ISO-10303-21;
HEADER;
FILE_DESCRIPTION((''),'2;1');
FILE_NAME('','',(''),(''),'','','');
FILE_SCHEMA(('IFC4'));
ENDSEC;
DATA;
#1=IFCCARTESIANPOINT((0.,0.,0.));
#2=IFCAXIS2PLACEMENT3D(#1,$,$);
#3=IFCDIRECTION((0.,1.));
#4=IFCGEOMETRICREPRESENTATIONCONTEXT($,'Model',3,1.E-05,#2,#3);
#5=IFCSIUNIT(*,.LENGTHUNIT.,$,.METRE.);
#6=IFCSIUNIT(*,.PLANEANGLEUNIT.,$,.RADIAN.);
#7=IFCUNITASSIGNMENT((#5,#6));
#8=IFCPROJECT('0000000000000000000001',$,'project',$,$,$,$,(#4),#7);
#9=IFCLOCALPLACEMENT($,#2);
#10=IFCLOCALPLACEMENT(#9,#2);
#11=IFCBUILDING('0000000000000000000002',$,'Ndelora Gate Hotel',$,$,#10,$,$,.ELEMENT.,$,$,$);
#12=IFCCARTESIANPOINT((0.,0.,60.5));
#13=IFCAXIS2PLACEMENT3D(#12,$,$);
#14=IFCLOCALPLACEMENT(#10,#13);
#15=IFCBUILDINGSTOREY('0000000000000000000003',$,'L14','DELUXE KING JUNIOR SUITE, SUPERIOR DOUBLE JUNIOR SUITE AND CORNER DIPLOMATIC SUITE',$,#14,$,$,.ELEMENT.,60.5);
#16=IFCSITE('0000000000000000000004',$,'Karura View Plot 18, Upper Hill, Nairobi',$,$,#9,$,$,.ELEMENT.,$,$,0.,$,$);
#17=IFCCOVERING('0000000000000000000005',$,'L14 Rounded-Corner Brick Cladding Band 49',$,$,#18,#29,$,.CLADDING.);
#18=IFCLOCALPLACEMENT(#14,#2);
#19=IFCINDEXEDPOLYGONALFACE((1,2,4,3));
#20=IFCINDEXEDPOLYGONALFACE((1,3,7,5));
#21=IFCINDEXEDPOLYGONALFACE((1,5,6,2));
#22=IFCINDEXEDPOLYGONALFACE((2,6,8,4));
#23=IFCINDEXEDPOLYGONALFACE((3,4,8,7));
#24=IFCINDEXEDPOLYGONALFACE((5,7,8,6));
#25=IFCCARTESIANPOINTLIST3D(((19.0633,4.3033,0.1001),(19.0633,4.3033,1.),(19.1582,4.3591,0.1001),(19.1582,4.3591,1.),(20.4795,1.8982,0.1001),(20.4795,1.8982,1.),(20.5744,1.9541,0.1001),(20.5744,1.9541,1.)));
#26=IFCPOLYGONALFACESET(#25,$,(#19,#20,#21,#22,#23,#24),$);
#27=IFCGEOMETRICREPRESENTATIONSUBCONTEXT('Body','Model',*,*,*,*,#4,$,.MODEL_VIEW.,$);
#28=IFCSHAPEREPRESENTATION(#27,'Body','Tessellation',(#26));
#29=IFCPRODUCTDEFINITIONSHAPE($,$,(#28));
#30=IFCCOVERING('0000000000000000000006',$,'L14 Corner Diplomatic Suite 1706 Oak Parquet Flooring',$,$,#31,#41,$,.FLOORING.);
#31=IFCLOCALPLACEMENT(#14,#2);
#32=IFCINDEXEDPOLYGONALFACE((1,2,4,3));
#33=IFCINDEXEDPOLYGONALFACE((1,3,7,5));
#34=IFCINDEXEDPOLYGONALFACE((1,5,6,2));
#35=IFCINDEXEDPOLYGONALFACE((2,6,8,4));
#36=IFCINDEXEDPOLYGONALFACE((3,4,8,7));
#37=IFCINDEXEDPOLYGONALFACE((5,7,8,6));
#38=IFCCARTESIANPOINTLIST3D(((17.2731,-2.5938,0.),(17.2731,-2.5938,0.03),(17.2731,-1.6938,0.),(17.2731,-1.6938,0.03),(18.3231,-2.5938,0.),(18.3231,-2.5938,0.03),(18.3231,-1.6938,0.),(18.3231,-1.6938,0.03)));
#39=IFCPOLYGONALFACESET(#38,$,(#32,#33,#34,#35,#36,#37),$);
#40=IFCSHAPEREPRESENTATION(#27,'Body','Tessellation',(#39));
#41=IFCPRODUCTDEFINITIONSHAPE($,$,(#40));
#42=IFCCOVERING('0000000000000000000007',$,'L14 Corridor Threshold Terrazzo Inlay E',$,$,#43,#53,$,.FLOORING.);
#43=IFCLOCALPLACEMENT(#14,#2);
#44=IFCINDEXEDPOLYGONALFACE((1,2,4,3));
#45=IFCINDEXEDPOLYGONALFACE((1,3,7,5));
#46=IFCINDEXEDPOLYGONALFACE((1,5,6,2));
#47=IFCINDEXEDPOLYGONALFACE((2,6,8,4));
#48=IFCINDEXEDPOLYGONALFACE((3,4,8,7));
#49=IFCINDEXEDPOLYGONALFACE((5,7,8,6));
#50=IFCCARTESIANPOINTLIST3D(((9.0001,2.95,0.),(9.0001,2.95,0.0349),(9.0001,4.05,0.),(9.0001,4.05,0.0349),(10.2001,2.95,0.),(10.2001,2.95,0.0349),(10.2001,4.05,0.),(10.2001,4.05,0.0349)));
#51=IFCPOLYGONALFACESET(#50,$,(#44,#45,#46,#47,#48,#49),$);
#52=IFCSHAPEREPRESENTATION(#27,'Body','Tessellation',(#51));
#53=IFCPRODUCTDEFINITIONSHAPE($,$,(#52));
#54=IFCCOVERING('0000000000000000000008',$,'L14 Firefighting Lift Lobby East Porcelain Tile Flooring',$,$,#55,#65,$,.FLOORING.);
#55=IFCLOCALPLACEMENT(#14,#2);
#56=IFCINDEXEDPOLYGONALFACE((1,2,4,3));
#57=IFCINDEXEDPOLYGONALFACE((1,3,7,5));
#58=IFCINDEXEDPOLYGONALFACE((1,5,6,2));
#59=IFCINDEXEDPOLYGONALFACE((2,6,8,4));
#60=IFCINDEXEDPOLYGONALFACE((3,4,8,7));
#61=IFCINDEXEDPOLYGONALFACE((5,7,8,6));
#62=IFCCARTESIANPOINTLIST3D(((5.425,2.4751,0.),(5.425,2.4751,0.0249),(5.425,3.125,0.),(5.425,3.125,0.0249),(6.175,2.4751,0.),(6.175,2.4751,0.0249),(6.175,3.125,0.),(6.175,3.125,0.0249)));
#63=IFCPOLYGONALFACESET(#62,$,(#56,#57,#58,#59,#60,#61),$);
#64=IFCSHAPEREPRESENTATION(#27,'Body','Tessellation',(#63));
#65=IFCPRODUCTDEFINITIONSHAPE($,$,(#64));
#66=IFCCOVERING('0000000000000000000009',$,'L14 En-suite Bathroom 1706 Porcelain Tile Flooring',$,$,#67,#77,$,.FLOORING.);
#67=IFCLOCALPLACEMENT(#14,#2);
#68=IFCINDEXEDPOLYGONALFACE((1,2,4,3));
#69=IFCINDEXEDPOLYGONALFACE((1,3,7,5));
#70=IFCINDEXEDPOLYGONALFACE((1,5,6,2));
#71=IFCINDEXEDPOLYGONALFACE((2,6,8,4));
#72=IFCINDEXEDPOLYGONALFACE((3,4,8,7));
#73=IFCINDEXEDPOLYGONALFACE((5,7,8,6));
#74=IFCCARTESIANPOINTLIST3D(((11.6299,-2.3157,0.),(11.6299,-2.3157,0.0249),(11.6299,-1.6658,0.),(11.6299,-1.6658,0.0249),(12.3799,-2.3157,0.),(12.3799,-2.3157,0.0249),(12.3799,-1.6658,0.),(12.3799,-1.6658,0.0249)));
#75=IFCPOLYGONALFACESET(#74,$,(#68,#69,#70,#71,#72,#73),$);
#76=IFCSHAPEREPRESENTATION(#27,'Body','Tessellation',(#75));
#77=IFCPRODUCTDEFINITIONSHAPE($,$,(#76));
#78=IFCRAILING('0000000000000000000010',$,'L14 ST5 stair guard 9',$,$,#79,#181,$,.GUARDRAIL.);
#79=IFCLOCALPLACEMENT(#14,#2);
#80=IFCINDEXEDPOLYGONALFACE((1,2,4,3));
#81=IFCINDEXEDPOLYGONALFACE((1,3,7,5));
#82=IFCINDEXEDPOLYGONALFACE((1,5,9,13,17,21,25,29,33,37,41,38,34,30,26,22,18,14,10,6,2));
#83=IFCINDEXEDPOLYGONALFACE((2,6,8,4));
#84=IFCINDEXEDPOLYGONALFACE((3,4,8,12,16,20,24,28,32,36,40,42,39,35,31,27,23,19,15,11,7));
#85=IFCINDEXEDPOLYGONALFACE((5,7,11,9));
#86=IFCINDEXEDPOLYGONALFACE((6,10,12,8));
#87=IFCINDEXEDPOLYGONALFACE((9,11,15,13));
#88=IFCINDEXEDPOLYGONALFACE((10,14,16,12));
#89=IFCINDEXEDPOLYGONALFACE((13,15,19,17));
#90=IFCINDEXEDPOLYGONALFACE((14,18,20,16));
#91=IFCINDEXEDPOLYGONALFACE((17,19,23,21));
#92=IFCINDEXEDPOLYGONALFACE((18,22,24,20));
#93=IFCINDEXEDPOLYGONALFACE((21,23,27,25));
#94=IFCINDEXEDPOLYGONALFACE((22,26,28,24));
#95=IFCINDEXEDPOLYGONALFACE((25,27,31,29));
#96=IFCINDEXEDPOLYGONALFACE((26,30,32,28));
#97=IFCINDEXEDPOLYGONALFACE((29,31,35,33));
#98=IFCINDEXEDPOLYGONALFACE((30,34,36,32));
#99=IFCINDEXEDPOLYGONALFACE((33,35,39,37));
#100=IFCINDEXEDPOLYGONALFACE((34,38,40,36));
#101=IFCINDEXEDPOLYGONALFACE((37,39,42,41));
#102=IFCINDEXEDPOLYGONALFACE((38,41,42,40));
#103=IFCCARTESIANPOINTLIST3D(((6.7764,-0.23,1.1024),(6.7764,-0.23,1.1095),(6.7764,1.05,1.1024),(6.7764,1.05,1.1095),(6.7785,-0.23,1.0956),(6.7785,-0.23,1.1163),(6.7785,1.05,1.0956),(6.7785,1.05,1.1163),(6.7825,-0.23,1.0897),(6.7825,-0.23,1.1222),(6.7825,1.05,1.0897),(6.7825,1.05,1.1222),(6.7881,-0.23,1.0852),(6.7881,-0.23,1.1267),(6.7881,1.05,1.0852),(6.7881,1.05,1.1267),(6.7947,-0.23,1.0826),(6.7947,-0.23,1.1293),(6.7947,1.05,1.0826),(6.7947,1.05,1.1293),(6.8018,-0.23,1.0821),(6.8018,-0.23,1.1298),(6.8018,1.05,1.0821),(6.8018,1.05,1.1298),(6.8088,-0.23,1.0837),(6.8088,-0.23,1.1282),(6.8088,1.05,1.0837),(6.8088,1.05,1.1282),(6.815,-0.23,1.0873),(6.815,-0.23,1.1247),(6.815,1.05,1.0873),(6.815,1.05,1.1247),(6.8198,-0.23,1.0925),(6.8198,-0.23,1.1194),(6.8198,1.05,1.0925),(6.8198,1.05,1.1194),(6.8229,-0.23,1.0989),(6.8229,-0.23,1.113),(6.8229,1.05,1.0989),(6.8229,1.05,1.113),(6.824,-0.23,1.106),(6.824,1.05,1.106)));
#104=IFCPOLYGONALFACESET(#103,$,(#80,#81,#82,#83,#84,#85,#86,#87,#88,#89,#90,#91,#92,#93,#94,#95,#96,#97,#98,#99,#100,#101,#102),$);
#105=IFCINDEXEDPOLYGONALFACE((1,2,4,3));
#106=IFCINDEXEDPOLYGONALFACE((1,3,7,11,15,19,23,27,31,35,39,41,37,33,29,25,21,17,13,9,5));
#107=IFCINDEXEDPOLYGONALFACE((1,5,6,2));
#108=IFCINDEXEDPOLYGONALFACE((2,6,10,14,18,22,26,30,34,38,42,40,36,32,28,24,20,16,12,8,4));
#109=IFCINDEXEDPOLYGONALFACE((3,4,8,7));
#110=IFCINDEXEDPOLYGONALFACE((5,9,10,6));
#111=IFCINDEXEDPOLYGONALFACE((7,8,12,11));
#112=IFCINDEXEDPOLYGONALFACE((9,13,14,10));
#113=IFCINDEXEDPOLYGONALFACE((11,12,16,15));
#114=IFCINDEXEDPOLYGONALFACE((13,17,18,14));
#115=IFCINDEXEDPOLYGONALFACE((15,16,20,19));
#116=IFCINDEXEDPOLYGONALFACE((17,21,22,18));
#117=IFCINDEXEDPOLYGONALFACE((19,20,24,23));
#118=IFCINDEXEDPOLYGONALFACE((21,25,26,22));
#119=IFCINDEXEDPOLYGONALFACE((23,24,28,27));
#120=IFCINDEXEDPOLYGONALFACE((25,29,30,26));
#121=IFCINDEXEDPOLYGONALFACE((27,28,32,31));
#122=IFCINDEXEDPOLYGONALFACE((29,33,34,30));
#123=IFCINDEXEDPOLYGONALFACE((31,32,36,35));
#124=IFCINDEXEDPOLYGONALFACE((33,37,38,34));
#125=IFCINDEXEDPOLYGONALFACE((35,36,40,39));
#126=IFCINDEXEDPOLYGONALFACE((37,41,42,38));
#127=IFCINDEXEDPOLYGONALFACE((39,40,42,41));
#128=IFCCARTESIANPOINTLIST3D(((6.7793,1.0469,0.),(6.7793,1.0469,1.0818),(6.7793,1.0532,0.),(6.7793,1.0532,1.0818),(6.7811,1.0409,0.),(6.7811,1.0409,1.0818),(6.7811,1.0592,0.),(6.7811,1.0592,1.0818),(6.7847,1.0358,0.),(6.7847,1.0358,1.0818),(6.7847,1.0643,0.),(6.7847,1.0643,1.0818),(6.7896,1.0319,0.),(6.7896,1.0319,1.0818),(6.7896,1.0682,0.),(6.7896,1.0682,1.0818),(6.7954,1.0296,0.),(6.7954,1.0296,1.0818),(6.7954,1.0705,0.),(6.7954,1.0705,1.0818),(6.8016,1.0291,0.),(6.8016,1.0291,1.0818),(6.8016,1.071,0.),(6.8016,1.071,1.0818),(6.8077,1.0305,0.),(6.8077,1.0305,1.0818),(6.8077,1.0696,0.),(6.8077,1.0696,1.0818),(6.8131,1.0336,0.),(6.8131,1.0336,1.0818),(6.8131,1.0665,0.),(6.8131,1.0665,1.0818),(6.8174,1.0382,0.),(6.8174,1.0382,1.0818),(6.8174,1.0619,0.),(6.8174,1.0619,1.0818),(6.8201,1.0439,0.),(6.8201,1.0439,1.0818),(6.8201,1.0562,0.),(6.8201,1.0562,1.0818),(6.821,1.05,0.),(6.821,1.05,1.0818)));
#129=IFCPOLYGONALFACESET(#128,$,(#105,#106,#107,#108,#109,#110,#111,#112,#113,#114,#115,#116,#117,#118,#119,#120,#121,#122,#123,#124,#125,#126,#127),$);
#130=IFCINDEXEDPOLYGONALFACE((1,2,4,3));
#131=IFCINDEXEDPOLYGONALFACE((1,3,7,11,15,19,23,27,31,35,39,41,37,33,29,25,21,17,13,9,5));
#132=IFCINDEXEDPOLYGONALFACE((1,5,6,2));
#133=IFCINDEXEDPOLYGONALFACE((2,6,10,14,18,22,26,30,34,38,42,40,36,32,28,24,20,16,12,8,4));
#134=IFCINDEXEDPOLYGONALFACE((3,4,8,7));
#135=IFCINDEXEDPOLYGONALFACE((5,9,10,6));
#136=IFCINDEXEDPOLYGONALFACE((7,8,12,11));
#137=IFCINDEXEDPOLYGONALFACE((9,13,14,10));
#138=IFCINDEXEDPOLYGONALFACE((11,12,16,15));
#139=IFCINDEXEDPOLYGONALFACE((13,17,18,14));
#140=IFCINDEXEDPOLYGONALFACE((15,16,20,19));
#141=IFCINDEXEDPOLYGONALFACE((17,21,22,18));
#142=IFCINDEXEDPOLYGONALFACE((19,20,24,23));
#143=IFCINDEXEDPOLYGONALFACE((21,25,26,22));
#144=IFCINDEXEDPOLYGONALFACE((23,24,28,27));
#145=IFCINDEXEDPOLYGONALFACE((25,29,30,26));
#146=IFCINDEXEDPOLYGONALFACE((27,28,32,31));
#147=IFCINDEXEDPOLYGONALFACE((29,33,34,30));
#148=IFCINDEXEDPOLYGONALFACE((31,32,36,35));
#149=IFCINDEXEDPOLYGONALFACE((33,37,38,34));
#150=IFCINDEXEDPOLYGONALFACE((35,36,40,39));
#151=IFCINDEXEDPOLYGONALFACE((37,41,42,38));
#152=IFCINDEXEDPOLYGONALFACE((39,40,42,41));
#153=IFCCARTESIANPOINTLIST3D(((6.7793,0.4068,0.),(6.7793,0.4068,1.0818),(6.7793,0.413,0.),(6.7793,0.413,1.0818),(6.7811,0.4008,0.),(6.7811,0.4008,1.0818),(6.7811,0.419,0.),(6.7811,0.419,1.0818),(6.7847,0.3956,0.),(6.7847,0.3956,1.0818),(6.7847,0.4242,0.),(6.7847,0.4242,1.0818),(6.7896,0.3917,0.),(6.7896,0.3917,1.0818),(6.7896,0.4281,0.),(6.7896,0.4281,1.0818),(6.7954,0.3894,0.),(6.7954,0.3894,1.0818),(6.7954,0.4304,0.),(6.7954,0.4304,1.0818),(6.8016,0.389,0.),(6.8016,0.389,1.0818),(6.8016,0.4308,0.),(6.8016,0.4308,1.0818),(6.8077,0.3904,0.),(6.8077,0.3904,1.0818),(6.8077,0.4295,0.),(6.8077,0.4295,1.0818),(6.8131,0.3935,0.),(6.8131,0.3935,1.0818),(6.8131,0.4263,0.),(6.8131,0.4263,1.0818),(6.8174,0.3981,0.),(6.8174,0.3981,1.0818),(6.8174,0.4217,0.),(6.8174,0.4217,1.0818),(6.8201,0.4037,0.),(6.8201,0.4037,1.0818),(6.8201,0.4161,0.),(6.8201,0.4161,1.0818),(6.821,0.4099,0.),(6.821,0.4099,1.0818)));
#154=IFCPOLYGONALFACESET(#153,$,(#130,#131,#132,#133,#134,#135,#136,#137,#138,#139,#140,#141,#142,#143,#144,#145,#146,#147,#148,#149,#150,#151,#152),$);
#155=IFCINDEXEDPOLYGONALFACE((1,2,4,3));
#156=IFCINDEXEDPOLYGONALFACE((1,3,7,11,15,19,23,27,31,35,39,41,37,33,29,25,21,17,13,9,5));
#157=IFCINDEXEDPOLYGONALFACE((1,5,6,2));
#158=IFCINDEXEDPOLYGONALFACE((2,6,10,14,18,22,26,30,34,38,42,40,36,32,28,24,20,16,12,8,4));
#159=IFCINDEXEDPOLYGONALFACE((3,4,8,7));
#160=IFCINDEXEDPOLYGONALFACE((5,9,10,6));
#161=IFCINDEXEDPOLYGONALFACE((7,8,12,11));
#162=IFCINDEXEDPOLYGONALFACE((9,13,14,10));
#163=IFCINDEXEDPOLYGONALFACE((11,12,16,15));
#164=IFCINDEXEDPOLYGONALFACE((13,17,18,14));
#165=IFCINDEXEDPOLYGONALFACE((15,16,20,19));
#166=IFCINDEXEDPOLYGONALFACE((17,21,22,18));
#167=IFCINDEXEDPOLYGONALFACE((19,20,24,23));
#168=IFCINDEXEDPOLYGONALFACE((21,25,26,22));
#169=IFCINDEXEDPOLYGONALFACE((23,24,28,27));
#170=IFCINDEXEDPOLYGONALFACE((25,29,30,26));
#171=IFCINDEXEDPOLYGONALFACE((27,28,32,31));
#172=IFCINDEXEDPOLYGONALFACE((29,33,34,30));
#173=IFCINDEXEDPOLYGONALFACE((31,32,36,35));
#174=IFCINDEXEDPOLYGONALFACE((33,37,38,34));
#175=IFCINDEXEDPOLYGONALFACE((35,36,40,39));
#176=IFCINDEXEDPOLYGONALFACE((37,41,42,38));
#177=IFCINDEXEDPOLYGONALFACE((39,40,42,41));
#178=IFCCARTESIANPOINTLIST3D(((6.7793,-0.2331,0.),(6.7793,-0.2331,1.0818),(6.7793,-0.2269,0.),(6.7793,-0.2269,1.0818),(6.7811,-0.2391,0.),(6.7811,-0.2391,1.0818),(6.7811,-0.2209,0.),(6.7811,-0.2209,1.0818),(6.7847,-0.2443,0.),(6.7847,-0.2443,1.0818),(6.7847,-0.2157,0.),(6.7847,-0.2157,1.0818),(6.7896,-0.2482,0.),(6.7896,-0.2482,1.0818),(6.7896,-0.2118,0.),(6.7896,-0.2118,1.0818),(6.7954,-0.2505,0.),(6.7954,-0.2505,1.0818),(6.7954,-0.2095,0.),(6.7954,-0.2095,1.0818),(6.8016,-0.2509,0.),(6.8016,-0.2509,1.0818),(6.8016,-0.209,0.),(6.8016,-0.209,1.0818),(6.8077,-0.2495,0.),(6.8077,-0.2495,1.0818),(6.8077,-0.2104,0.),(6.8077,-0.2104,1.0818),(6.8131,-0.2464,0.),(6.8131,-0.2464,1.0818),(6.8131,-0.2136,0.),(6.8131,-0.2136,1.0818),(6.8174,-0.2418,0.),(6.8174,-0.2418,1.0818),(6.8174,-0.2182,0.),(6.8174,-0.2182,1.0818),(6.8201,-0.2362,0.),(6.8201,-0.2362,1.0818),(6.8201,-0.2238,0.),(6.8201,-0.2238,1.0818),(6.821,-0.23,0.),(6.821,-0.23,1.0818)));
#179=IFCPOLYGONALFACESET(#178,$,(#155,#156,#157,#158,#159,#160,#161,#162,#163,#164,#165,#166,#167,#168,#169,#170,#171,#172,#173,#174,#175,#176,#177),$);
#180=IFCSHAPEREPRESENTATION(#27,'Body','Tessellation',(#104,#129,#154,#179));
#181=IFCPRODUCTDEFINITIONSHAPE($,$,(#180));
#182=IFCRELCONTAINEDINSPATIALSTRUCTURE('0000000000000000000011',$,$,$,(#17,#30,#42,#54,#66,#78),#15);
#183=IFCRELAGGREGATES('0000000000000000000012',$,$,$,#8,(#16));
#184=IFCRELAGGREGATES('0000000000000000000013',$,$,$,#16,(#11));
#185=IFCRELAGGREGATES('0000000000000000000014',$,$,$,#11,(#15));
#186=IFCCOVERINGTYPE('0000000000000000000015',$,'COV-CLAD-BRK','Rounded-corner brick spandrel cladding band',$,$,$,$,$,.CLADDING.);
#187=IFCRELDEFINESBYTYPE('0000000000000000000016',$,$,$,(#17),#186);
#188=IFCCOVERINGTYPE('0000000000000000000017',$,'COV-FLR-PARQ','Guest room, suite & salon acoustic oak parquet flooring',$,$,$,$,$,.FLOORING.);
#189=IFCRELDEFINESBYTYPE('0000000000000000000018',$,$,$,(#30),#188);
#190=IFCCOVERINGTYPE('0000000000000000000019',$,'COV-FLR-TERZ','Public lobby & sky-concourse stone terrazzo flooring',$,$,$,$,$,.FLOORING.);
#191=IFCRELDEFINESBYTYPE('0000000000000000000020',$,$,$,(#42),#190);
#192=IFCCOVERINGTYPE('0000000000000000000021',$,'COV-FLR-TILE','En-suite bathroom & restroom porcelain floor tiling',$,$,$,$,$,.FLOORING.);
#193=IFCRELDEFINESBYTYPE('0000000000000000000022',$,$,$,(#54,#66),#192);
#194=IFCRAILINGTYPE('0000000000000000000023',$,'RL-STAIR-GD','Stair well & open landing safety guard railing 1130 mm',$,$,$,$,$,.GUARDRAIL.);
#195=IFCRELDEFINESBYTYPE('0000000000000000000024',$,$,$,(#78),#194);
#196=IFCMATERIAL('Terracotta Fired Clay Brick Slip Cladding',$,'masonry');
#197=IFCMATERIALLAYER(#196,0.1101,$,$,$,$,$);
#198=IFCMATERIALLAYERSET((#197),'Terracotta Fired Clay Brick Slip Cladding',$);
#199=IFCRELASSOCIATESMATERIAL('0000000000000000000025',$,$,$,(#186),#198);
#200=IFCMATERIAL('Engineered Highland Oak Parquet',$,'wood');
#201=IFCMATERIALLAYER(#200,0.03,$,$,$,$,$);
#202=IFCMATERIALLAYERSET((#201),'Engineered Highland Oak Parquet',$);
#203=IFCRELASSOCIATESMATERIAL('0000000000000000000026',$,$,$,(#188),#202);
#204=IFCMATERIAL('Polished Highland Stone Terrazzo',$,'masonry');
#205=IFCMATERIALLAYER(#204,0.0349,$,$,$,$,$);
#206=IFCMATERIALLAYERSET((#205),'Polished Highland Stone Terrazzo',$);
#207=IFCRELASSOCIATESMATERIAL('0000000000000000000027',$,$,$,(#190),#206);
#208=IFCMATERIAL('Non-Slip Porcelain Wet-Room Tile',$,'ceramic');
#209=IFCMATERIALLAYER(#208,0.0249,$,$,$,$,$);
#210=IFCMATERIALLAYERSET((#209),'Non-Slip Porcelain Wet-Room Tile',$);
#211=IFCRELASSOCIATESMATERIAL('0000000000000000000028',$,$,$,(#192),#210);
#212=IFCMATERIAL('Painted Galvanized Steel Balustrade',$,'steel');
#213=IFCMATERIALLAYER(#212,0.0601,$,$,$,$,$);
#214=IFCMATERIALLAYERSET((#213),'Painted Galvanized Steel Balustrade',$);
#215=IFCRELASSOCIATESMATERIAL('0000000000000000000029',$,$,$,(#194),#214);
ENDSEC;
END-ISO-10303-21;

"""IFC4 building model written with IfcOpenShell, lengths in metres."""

from ifc_helpers import new_model, si_unit, direction, frame, origin, origin_2d, place, context, subcontext, project, spatial, rectangle, circle, extrude, material, layer, layer_set, type_object, element, save


model = new_model("IFC4")

# Units and contexts
model_context = context("Model", 3, precision=1e-05, world=origin(), true_north=direction((0.0, 1.0)))
body_context = subcontext(model_context, "Body", "Model", "MODEL_VIEW")
ifc_project = project(units=[si_unit("LENGTHUNIT", "METRE"), si_unit("PLANEANGLEUNIT", "RADIAN")], contexts=[model_context])

# Site, building, storey
site_placement = place(None, origin())
site = spatial("IfcSite", under=ifc_project, at=site_placement, Name="Karura View Plot 18, Upper Hill, Nairobi", CompositionType="ELEMENT", RefElevation=0.0)
building_placement = place(site_placement, origin())
building = spatial("IfcBuilding", under=site, at=building_placement, Name="Ndelora Gate Hotel", CompositionType="ELEMENT")
storey_placement = place(building_placement, frame((0.0, 0.0, 60.5)))
storey = spatial("IfcBuildingStorey", under=building, at=storey_placement, Name="L14", Description="DELUXE KING JUNIOR SUITE, SUPERIOR DOUBLE JUNIOR SUITE AND CORNER DIPLOMATIC SUITE", CompositionType="ELEMENT", Elevation=60.5)

# Coverings
ifc_material_1 = material(Name="Terracotta Fired Clay Brick Slip Cladding", Category="masonry")
ifc_layer_1 = layer(ifc_material_1, 0.1101)
ifc_layer_set_1 = layer_set([ifc_layer_1], Name="Terracotta Fired Clay Brick Slip Cladding")
covering_type_1 = type_object("IfcCoveringType", Name="COV-CLAD-BRK", Description="Rounded-corner brick spandrel cladding band", PredefinedType="CLADDING", material=ifc_layer_set_1)
covering_1_placement = place(storey_placement, frame((19.8188, 3.1287, 0.1001), z_axis=(0.0, 0.0, 1.0), x_axis=(-0.507388, 0.861718, 0.0)))
element("IfcCovering", 1, at=covering_1_placement, inside=storey, type_object=covering_type_1, Name="L14 Rounded-Corner Brick Cladding Band 49", PredefinedType="CLADDING", context=body_context, shape_type="SweptSolid", body=[
    extrude(rectangle(XDim=2.791, YDim=0.1101, at=origin_2d()), origin(), (0.0, 0.0, 1.0), 0.8999),
])
ifc_material_2 = material(Name="Engineered Highland Oak Parquet", Category="wood")
ifc_layer_2 = layer(ifc_material_2, 0.03)
ifc_layer_set_2 = layer_set([ifc_layer_2], Name="Engineered Highland Oak Parquet")
covering_type_2 = type_object("IfcCoveringType", Name="COV-FLR-PARQ", Description="Guest room, suite & salon acoustic oak parquet flooring", PredefinedType="FLOORING", material=ifc_layer_set_2)
covering_2_placement = place(storey_placement, frame((17.7981, -2.1438, 0.0), z_axis=(0.0, 0.0, 1.0), x_axis=(1.0, 0.0, 0.0)))
element("IfcCovering", 2, at=covering_2_placement, inside=storey, type_object=covering_type_2, Name="L14 Corner Diplomatic Suite 1706 Oak Parquet Flooring", PredefinedType="FLOORING", context=body_context, shape_type="SweptSolid", body=[
    extrude(rectangle(XDim=1.05, YDim=0.8999, at=origin_2d()), origin(), (0.0, 0.0, 1.0), 0.03),
])
ifc_material_3 = material(Name="Polished Highland Stone Terrazzo", Category="masonry")
ifc_layer_3 = layer(ifc_material_3, 0.0349)
ifc_layer_set_3 = layer_set([ifc_layer_3], Name="Polished Highland Stone Terrazzo")
covering_type_3 = type_object("IfcCoveringType", Name="COV-FLR-TERZ", Description="Public lobby & sky-concourse stone terrazzo flooring", PredefinedType="FLOORING", material=ifc_layer_set_3)
covering_3_placement = place(storey_placement, frame((9.6001, 3.5, 0.0), z_axis=(0.0, 0.0, 1.0), x_axis=(1.0, 0.0, 0.0)))
element("IfcCovering", 3, at=covering_3_placement, inside=storey, type_object=covering_type_3, Name="L14 Corridor Threshold Terrazzo Inlay E", PredefinedType="FLOORING", context=body_context, shape_type="SweptSolid", body=[
    extrude(rectangle(XDim=1.2, YDim=1.1001, at=origin_2d()), origin(), (0.0, 0.0, 1.0), 0.0349),
])
ifc_material_4 = material(Name="Non-Slip Porcelain Wet-Room Tile", Category="ceramic")
ifc_layer_4 = layer(ifc_material_4, 0.0249)
ifc_layer_set_4 = layer_set([ifc_layer_4], Name="Non-Slip Porcelain Wet-Room Tile")
covering_type_4 = type_object("IfcCoveringType", Name="COV-FLR-TILE", Description="En-suite bathroom & restroom porcelain floor tiling", PredefinedType="FLOORING", material=ifc_layer_set_4)
for number, where, z_axis, x_axis, name in (
    (4, (5.8, 2.8, 0.0), (0.0, 0.0, 1.0), (1.0, 0.0, 0.0), "L14 Firefighting Lift Lobby East Porcelain Tile Flooring"),
    (5, (12.0049, -1.9907, 0.0), (0.0, 0.0, 1.0), (1.0, 0.0, 0.0), "L14 En-suite Bathroom 1706 Porcelain Tile Flooring"),
):
    element("IfcCovering", number, at=place(storey_placement, frame(where, z_axis=z_axis, x_axis=x_axis)), inside=storey, type_object=covering_type_4, Name=name, PredefinedType="FLOORING", context=body_context, shape_type="SweptSolid", body=[
        extrude(rectangle(XDim=0.75, YDim=0.6499, at=origin_2d()), origin(), (0.0, 0.0, 1.0), 0.0249),
    ])

# Railing
ifc_material_5 = material(Name="Painted Galvanized Steel Balustrade", Category="steel")
ifc_layer_5 = layer(ifc_material_5, 0.0601)
ifc_layer_set_5 = layer_set([ifc_layer_5], Name="Painted Galvanized Steel Balustrade")
railing_type_1 = type_object("IfcRailingType", Name="RL-STAIR-GD", Description="Stair well & open landing safety guard railing 1130 mm", PredefinedType="GUARDRAIL", material=ifc_layer_set_5)
railing_1_placement = place(storey_placement, frame((6.8, 1.05, 0.0)))
element("IfcRailing", 6, at=railing_1_placement, inside=storey, type_object=railing_type_1, Name="L14 ST5 stair guard 9", PredefinedType="GUARDRAIL", context=body_context, shape_type="SweptSolid", body=[
    extrude(circle(Radius=0.0239, at=origin_2d()), frame((0.0, 0.0, 1.106), z_axis=(0.0, -1.0, 0.0), x_axis=(1.0, 0.0, 0.0)), (0.0, 0.0, 1.0), 1.28),
    extrude(circle(Radius=0.021, at=origin_2d()), origin(), (0.0, 0.0, 1.0), 1.0818),
    extrude(circle(Radius=0.021, at=origin_2d()), frame((0.0, -0.6401, 0.0)), (0.0, 0.0, 1.0), 1.0818),
    extrude(circle(Radius=0.021, at=origin_2d()), frame((0.0, -1.28, 0.0)), (0.0, 0.0, 1.0), 1.0818),
])

save(model, "model.ifc")
